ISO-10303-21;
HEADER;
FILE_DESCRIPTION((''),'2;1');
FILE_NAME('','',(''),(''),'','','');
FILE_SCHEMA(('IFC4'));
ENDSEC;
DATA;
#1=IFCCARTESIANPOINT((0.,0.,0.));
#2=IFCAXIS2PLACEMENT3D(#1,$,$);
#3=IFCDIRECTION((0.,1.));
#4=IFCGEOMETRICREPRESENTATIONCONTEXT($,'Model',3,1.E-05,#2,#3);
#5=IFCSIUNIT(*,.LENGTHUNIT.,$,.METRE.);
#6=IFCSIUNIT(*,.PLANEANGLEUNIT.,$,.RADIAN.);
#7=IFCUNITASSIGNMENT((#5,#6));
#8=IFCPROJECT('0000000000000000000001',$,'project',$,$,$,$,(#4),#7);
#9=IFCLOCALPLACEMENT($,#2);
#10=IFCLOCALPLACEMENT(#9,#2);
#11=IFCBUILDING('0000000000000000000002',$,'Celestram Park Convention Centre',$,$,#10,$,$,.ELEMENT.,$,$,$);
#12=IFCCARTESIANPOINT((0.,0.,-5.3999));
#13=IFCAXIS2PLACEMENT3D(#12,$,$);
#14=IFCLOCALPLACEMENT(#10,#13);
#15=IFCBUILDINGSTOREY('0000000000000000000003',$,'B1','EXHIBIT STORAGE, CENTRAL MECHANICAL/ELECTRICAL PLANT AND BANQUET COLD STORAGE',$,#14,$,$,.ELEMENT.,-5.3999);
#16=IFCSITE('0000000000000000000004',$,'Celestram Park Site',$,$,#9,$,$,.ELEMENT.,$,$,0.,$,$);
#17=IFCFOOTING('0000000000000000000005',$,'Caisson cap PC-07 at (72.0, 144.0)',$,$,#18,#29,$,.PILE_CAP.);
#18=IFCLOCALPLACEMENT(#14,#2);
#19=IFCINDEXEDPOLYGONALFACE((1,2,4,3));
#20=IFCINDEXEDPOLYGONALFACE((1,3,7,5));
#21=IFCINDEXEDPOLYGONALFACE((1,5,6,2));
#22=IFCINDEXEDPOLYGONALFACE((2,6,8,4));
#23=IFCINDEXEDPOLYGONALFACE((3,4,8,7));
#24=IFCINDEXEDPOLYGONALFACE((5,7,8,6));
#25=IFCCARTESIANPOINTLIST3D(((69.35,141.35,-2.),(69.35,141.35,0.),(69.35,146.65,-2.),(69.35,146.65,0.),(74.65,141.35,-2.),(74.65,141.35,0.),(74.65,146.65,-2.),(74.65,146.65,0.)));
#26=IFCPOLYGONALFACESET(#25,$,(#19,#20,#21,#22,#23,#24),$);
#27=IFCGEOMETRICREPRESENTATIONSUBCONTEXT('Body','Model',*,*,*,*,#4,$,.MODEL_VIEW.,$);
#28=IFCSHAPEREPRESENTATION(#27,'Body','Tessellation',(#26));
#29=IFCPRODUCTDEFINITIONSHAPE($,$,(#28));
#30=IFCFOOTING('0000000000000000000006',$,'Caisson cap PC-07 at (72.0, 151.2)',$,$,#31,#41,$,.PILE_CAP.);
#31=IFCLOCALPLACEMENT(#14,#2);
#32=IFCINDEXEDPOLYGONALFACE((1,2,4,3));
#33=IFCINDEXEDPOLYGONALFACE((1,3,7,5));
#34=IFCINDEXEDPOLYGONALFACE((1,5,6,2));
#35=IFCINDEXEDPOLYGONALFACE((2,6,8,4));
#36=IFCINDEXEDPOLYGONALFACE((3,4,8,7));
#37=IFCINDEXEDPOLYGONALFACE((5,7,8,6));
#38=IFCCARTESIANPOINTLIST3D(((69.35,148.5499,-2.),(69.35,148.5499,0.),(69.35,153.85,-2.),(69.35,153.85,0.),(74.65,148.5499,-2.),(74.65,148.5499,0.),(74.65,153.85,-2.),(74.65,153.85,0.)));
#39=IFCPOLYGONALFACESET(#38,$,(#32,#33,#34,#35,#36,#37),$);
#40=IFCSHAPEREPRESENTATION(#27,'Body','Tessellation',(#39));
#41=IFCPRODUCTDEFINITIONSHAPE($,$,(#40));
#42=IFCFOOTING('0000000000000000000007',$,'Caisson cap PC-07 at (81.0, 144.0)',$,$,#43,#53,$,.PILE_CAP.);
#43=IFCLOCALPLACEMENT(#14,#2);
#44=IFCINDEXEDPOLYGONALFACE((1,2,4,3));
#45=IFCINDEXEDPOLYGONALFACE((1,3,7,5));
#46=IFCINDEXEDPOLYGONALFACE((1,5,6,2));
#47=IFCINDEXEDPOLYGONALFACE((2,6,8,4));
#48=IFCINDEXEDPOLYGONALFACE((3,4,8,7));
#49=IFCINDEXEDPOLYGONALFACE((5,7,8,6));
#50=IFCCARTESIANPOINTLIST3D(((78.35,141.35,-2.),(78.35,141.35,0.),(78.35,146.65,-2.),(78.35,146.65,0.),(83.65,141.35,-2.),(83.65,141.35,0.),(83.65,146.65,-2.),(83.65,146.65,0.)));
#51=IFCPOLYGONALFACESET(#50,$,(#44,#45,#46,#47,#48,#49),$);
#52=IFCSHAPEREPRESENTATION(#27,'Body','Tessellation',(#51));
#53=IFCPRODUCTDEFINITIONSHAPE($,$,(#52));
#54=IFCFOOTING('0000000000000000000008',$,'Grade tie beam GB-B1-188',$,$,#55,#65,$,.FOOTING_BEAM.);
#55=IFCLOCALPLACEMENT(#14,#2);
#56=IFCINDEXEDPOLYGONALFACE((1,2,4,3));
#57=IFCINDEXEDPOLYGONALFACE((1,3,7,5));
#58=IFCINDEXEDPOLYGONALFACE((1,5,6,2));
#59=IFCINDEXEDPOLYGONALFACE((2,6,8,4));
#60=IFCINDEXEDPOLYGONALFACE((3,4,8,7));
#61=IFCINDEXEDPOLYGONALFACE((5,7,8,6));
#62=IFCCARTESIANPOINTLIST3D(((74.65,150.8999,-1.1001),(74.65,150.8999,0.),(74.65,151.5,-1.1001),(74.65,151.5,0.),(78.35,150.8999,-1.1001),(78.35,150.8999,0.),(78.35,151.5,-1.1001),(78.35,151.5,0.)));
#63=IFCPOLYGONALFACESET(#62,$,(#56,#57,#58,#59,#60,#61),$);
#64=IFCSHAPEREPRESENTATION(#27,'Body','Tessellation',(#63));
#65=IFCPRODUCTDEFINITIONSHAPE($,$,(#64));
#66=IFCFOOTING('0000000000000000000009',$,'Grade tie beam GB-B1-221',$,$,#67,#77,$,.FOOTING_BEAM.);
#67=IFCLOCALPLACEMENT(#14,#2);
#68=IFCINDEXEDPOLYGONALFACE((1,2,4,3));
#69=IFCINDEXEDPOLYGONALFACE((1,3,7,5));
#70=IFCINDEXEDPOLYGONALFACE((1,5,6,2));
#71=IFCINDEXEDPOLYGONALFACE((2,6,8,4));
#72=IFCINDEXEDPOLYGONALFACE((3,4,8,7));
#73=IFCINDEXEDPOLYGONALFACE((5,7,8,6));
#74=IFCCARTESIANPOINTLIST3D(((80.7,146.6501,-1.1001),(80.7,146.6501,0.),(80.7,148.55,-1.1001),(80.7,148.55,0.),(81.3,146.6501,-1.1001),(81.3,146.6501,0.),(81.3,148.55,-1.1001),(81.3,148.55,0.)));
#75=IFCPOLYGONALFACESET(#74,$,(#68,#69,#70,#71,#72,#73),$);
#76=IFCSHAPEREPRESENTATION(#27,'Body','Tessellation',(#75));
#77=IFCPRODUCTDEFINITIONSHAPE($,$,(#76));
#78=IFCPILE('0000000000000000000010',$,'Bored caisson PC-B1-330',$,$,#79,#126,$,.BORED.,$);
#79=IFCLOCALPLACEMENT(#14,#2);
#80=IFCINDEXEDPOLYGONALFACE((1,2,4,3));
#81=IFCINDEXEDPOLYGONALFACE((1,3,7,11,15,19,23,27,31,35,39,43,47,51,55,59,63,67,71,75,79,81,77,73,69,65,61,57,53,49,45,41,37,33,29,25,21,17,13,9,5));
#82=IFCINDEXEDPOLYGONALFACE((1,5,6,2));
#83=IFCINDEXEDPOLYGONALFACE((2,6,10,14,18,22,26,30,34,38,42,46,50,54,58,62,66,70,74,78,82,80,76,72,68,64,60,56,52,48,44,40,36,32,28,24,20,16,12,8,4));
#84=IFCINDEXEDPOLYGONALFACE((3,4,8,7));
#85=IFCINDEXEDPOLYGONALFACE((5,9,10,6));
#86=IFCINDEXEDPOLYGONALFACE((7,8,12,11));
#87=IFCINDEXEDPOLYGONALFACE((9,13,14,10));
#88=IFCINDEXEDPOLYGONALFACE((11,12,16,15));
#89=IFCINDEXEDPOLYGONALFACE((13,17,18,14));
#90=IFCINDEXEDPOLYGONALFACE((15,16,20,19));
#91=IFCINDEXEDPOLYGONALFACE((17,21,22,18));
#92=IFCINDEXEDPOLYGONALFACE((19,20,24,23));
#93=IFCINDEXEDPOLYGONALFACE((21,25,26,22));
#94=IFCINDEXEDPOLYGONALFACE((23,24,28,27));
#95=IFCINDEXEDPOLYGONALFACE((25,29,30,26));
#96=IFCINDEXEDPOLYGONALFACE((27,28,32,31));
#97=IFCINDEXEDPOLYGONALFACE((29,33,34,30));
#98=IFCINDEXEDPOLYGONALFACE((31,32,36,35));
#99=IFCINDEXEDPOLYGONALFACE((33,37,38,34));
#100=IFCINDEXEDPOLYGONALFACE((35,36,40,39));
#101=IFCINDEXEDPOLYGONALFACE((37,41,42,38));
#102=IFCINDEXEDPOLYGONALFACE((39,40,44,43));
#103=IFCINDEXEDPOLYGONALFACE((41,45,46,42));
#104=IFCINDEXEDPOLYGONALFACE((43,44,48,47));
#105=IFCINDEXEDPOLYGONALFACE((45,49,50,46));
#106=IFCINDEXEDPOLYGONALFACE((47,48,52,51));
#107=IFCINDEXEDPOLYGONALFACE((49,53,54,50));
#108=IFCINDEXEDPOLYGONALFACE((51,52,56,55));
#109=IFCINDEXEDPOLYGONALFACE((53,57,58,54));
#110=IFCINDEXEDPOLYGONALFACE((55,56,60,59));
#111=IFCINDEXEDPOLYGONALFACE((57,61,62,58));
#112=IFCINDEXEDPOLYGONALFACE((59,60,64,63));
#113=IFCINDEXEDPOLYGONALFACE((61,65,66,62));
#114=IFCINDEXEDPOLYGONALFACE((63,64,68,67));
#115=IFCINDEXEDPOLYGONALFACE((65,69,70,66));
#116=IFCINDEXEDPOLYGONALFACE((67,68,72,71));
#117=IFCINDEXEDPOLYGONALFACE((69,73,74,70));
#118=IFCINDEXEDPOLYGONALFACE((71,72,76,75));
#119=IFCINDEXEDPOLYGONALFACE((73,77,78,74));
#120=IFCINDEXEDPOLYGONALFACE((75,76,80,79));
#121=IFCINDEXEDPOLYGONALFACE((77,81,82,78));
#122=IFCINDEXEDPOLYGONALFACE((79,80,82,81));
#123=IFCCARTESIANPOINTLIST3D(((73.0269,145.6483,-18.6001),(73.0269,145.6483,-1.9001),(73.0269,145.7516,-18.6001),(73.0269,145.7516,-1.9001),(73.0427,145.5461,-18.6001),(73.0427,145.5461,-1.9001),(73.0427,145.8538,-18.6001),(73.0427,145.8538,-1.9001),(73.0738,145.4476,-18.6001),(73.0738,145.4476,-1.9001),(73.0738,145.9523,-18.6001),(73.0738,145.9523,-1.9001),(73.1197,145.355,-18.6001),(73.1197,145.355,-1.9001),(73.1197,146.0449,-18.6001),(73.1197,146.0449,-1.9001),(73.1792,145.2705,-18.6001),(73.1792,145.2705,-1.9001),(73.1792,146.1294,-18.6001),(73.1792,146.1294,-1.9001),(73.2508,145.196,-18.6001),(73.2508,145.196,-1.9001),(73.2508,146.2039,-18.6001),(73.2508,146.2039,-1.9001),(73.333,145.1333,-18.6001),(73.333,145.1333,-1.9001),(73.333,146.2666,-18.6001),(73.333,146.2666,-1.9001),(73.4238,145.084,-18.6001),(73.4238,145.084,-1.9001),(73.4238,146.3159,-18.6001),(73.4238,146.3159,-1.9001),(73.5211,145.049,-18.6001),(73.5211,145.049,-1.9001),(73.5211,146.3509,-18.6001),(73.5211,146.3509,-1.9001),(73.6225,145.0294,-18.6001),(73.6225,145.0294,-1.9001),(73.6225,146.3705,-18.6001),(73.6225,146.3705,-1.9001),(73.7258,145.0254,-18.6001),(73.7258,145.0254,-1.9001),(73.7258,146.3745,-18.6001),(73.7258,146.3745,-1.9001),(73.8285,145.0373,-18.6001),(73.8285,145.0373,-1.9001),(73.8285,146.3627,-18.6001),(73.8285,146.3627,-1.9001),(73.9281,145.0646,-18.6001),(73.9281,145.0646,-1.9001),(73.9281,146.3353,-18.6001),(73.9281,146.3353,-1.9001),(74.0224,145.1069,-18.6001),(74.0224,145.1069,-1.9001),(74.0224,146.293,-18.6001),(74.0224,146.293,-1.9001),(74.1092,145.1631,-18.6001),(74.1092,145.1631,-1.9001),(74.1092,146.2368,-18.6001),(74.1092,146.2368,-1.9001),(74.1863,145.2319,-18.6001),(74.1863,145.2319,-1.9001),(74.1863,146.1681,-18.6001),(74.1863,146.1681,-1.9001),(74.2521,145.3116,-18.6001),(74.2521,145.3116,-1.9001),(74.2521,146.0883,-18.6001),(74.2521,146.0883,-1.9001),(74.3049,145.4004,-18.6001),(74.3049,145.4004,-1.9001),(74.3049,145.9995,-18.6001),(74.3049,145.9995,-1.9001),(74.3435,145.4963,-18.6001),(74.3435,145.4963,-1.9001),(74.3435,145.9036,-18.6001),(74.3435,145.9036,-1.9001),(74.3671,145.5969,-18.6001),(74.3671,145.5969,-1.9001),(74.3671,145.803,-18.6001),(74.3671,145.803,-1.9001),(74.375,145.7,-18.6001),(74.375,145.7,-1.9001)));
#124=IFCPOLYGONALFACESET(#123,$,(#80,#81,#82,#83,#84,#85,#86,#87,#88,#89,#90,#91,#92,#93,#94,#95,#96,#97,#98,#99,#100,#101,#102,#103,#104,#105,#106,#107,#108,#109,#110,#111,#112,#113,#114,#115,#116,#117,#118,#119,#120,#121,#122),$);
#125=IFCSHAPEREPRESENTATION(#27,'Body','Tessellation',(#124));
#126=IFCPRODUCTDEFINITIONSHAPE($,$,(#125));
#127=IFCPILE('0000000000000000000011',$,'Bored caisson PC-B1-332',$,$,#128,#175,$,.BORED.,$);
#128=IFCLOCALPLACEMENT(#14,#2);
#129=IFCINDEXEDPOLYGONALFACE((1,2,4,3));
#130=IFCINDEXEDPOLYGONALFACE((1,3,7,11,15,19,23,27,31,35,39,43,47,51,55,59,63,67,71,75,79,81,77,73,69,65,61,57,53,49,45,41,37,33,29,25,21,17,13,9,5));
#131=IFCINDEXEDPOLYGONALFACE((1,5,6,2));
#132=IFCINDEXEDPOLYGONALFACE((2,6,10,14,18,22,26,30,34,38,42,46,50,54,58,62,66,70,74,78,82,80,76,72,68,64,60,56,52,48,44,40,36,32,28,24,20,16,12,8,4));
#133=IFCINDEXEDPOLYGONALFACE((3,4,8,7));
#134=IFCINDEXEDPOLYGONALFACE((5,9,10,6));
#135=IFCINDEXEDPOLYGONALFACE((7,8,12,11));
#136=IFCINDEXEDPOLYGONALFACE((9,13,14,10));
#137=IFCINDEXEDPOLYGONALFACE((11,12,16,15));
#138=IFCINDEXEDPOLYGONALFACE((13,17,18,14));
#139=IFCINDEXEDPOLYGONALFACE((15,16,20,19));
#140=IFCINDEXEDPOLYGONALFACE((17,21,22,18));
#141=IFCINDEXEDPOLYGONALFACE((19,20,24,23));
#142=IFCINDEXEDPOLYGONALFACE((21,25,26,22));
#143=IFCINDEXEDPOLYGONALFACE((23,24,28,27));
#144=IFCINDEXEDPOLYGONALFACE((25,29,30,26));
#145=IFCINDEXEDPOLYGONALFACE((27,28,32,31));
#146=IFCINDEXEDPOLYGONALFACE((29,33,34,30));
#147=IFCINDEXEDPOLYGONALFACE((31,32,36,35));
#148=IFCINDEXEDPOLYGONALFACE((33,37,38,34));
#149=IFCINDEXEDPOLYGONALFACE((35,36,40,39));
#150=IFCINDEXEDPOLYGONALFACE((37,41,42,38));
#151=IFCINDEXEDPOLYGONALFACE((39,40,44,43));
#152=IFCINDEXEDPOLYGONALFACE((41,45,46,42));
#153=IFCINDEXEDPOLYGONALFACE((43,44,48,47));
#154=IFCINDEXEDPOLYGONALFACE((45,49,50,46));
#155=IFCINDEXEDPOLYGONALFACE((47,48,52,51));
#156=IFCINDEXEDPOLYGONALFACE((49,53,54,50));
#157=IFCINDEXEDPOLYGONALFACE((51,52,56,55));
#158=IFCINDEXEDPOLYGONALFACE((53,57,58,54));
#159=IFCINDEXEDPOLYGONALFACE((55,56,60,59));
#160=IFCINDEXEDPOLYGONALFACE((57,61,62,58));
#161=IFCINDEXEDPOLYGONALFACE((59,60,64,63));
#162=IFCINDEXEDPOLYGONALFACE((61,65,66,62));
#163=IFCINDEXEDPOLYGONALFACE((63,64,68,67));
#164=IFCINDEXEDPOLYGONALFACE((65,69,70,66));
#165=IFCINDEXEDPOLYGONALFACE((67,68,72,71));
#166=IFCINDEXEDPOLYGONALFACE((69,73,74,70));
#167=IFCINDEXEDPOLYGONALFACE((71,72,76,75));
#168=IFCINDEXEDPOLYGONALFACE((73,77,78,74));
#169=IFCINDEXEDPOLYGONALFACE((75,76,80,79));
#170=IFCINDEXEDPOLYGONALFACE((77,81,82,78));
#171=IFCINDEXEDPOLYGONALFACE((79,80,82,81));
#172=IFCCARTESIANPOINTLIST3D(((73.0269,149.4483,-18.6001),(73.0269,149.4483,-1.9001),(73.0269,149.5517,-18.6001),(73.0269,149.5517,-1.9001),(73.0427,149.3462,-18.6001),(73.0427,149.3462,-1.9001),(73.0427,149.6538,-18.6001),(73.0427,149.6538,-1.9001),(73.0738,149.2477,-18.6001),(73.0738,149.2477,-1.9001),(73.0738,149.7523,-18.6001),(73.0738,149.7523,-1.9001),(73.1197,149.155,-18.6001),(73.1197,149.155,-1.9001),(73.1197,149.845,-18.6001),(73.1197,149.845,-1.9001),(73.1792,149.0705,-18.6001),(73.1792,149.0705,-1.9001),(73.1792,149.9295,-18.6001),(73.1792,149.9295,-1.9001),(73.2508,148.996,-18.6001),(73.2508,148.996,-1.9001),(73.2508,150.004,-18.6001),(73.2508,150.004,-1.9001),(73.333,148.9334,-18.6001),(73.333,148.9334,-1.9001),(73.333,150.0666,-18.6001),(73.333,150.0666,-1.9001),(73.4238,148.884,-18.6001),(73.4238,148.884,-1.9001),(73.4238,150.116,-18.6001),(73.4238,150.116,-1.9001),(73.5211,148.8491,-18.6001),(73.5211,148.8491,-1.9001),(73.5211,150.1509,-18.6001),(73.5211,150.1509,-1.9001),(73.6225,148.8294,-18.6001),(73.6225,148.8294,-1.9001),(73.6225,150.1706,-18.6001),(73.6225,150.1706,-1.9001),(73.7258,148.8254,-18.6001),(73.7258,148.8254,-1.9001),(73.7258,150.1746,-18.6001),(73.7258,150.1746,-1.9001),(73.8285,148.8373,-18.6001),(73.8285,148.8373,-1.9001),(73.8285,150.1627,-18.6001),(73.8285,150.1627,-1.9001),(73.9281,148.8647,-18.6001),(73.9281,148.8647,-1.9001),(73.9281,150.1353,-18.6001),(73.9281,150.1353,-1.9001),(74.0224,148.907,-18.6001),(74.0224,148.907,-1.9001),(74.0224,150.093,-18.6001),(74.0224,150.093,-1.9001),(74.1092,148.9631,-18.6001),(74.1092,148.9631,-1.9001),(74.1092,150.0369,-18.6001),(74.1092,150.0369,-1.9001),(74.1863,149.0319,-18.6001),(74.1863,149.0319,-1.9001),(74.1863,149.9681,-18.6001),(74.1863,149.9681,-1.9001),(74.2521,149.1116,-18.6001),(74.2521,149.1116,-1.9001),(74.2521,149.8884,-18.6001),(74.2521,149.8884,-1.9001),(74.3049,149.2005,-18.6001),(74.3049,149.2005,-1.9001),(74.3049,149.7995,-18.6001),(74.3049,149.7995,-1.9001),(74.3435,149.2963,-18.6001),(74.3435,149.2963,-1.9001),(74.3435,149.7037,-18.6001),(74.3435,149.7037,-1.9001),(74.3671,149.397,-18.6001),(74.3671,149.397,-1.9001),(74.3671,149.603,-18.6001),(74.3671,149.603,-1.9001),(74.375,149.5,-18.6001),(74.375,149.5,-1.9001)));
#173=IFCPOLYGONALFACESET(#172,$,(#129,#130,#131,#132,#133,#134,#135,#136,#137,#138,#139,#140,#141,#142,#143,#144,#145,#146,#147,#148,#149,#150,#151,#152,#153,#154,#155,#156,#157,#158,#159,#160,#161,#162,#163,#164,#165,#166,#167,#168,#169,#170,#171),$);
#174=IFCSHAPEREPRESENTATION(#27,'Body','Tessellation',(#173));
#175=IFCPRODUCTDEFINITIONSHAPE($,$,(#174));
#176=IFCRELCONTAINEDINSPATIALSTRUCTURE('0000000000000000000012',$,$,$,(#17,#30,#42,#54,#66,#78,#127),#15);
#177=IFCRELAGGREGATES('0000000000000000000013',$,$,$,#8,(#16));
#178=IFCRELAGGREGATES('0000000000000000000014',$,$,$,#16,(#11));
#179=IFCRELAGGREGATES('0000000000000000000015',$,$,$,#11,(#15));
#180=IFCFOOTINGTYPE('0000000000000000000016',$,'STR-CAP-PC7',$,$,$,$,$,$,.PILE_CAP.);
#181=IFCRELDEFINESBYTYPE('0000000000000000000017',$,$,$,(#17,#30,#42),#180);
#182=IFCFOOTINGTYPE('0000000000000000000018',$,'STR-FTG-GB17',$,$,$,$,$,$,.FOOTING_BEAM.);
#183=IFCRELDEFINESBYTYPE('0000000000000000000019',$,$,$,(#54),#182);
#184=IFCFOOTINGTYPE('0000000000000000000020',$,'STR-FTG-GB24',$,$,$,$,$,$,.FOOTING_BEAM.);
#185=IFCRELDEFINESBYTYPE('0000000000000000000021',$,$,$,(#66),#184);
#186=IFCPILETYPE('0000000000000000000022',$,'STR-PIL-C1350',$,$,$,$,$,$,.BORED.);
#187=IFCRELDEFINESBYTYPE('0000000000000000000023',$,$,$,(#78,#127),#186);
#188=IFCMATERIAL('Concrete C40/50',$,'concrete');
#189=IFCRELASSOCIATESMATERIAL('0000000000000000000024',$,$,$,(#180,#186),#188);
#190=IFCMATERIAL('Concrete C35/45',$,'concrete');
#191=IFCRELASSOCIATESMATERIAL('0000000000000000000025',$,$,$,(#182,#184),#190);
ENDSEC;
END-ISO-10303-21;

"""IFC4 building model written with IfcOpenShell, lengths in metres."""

from ifc_helpers import new_model, si_unit, direction, frame, origin, origin_2d, place, context, subcontext, project, spatial, rectangle, circle, extrude, material, material_profile, profile_set, type_object, element, save


model = new_model("IFC4")

# Units and contexts
model_context = context("Model", 3, precision=1e-05, world=origin(), true_north=direction((0.0, 1.0)))
body_context = subcontext(model_context, "Body", "Model", "MODEL_VIEW")
ifc_project = project(units=[si_unit("LENGTHUNIT", "METRE"), si_unit("PLANEANGLEUNIT", "RADIAN")], contexts=[model_context])

# Site, building, storey
site_placement = place(None, origin())
site = spatial("IfcSite", under=ifc_project, at=site_placement, Name="Celestram Park Site", CompositionType="ELEMENT", RefElevation=0.0)
building_placement = place(site_placement, origin())
building = spatial("IfcBuilding", under=site, at=building_placement, Name="Celestram Park Convention Centre", CompositionType="ELEMENT")
storey_placement = place(building_placement, frame((0.0, 0.0, -5.3999)))
storey = spatial("IfcBuildingStorey", under=building, at=storey_placement, Name="B1", Description="EXHIBIT STORAGE, CENTRAL MECHANICAL/ELECTRICAL PLANT AND BANQUET COLD STORAGE", CompositionType="ELEMENT", Elevation=-5.3999)

# Footings
ifc_material_1 = material(Name="Concrete C40/50", Category="concrete")
footing_type_1 = type_object("IfcFootingType", Name="STR-CAP-PC7", PredefinedType="PILE_CAP", material=ifc_material_1)
for number, where, z_axis, x_axis, name in (
    (1, (72.0, 144.0, -2.0), (0.0, 0.0, 1.0), (1.0, 0.0, 0.0), "Caisson cap PC-07 at (72.0, 144.0)"),
    (2, (72.0, 151.2, -2.0), (0.0, 0.0, 1.0), (1.0, 0.0, 0.0), "Caisson cap PC-07 at (72.0, 151.2)"),
    (3, (81.0, 144.0, -2.0), (0.0, 0.0, 1.0), (1.0, 0.0, 0.0), "Caisson cap PC-07 at (81.0, 144.0)"),
):
    element("IfcFooting", number, at=place(storey_placement, frame(where, z_axis=z_axis, x_axis=x_axis)), inside=storey, type_object=footing_type_1, Name=name, PredefinedType="PILE_CAP", context=body_context, shape_type="SweptSolid", body=[
        extrude(rectangle(XDim=5.3, YDim=5.3, at=origin_2d()), origin(), (0.0, 0.0, 1.0), 2.0),
    ])
ifc_material_2 = material(Name="Concrete C35/45", Category="concrete")
footing_type_2 = type_object("IfcFootingType", Name="STR-FTG-GB17", PredefinedType="FOOTING_BEAM", material=ifc_material_2)
footing_1_placement = place(storey_placement, frame((76.5, 151.2, -1.1001), z_axis=(0.0, 0.0, 1.0), x_axis=(1.0, 0.0, 0.0)))
element("IfcFooting", 4, at=footing_1_placement, inside=storey, type_object=footing_type_2, Name="Grade tie beam GB-B1-188", PredefinedType="FOOTING_BEAM", context=body_context, shape_type="SweptSolid", body=[
    extrude(rectangle(XDim=3.7, YDim=0.6001, at=origin_2d()), origin(), (0.0, 0.0, 1.0), 1.1001),
])
footing_type_3 = type_object("IfcFootingType", Name="STR-FTG-GB24", PredefinedType="FOOTING_BEAM", material=ifc_material_2)
footing_2_placement = place(storey_placement, frame((81.0, 147.6001, -1.1001), z_axis=(0.0, 0.0, 1.0), x_axis=(0.0, 1.0, 0.0)))
element("IfcFooting", 5, at=footing_2_placement, inside=storey, type_object=footing_type_3, Name="Grade tie beam GB-B1-221", PredefinedType="FOOTING_BEAM", context=body_context, shape_type="SweptSolid", body=[
    extrude(rectangle(XDim=1.8999, YDim=0.6001, at=origin_2d()), origin(), (0.0, 0.0, 1.0), 1.1001),
])

# Piles
ifc_material_profile_1 = material_profile(ifc_material_1, circle(Radius=0.675, at=origin_2d()), Name="CAISSON1350")
ifc_profile_set_1 = profile_set([ifc_material_profile_1], Name="Concrete C40/50")
pile_type = type_object("IfcPileType", Name="STR-PIL-C1350", PredefinedType="BORED", material=ifc_profile_set_1)
for number, where, z_axis, x_axis, name in (
    (6, (73.7, 145.7, -1.9001), (0.0, 0.0, -1.0), (1.0, 0.0, 0.0), "Bored caisson PC-B1-330"),
    (7, (73.7, 149.5, -1.9001), (0.0, 0.0, -1.0), (1.0, 0.0, 0.0), "Bored caisson PC-B1-332"),
):
    element("IfcPile", number, at=place(storey_placement, frame(where, z_axis=z_axis, x_axis=x_axis)), inside=storey, type_object=pile_type, Name=name, PredefinedType="BORED", context=body_context, shape_type="SweptSolid", body=[
        extrude(circle(Radius=0.675, at=origin_2d()), origin(), (0.0, 0.0, 1.0), 16.7),
    ])

save(model, "model.ifc")
